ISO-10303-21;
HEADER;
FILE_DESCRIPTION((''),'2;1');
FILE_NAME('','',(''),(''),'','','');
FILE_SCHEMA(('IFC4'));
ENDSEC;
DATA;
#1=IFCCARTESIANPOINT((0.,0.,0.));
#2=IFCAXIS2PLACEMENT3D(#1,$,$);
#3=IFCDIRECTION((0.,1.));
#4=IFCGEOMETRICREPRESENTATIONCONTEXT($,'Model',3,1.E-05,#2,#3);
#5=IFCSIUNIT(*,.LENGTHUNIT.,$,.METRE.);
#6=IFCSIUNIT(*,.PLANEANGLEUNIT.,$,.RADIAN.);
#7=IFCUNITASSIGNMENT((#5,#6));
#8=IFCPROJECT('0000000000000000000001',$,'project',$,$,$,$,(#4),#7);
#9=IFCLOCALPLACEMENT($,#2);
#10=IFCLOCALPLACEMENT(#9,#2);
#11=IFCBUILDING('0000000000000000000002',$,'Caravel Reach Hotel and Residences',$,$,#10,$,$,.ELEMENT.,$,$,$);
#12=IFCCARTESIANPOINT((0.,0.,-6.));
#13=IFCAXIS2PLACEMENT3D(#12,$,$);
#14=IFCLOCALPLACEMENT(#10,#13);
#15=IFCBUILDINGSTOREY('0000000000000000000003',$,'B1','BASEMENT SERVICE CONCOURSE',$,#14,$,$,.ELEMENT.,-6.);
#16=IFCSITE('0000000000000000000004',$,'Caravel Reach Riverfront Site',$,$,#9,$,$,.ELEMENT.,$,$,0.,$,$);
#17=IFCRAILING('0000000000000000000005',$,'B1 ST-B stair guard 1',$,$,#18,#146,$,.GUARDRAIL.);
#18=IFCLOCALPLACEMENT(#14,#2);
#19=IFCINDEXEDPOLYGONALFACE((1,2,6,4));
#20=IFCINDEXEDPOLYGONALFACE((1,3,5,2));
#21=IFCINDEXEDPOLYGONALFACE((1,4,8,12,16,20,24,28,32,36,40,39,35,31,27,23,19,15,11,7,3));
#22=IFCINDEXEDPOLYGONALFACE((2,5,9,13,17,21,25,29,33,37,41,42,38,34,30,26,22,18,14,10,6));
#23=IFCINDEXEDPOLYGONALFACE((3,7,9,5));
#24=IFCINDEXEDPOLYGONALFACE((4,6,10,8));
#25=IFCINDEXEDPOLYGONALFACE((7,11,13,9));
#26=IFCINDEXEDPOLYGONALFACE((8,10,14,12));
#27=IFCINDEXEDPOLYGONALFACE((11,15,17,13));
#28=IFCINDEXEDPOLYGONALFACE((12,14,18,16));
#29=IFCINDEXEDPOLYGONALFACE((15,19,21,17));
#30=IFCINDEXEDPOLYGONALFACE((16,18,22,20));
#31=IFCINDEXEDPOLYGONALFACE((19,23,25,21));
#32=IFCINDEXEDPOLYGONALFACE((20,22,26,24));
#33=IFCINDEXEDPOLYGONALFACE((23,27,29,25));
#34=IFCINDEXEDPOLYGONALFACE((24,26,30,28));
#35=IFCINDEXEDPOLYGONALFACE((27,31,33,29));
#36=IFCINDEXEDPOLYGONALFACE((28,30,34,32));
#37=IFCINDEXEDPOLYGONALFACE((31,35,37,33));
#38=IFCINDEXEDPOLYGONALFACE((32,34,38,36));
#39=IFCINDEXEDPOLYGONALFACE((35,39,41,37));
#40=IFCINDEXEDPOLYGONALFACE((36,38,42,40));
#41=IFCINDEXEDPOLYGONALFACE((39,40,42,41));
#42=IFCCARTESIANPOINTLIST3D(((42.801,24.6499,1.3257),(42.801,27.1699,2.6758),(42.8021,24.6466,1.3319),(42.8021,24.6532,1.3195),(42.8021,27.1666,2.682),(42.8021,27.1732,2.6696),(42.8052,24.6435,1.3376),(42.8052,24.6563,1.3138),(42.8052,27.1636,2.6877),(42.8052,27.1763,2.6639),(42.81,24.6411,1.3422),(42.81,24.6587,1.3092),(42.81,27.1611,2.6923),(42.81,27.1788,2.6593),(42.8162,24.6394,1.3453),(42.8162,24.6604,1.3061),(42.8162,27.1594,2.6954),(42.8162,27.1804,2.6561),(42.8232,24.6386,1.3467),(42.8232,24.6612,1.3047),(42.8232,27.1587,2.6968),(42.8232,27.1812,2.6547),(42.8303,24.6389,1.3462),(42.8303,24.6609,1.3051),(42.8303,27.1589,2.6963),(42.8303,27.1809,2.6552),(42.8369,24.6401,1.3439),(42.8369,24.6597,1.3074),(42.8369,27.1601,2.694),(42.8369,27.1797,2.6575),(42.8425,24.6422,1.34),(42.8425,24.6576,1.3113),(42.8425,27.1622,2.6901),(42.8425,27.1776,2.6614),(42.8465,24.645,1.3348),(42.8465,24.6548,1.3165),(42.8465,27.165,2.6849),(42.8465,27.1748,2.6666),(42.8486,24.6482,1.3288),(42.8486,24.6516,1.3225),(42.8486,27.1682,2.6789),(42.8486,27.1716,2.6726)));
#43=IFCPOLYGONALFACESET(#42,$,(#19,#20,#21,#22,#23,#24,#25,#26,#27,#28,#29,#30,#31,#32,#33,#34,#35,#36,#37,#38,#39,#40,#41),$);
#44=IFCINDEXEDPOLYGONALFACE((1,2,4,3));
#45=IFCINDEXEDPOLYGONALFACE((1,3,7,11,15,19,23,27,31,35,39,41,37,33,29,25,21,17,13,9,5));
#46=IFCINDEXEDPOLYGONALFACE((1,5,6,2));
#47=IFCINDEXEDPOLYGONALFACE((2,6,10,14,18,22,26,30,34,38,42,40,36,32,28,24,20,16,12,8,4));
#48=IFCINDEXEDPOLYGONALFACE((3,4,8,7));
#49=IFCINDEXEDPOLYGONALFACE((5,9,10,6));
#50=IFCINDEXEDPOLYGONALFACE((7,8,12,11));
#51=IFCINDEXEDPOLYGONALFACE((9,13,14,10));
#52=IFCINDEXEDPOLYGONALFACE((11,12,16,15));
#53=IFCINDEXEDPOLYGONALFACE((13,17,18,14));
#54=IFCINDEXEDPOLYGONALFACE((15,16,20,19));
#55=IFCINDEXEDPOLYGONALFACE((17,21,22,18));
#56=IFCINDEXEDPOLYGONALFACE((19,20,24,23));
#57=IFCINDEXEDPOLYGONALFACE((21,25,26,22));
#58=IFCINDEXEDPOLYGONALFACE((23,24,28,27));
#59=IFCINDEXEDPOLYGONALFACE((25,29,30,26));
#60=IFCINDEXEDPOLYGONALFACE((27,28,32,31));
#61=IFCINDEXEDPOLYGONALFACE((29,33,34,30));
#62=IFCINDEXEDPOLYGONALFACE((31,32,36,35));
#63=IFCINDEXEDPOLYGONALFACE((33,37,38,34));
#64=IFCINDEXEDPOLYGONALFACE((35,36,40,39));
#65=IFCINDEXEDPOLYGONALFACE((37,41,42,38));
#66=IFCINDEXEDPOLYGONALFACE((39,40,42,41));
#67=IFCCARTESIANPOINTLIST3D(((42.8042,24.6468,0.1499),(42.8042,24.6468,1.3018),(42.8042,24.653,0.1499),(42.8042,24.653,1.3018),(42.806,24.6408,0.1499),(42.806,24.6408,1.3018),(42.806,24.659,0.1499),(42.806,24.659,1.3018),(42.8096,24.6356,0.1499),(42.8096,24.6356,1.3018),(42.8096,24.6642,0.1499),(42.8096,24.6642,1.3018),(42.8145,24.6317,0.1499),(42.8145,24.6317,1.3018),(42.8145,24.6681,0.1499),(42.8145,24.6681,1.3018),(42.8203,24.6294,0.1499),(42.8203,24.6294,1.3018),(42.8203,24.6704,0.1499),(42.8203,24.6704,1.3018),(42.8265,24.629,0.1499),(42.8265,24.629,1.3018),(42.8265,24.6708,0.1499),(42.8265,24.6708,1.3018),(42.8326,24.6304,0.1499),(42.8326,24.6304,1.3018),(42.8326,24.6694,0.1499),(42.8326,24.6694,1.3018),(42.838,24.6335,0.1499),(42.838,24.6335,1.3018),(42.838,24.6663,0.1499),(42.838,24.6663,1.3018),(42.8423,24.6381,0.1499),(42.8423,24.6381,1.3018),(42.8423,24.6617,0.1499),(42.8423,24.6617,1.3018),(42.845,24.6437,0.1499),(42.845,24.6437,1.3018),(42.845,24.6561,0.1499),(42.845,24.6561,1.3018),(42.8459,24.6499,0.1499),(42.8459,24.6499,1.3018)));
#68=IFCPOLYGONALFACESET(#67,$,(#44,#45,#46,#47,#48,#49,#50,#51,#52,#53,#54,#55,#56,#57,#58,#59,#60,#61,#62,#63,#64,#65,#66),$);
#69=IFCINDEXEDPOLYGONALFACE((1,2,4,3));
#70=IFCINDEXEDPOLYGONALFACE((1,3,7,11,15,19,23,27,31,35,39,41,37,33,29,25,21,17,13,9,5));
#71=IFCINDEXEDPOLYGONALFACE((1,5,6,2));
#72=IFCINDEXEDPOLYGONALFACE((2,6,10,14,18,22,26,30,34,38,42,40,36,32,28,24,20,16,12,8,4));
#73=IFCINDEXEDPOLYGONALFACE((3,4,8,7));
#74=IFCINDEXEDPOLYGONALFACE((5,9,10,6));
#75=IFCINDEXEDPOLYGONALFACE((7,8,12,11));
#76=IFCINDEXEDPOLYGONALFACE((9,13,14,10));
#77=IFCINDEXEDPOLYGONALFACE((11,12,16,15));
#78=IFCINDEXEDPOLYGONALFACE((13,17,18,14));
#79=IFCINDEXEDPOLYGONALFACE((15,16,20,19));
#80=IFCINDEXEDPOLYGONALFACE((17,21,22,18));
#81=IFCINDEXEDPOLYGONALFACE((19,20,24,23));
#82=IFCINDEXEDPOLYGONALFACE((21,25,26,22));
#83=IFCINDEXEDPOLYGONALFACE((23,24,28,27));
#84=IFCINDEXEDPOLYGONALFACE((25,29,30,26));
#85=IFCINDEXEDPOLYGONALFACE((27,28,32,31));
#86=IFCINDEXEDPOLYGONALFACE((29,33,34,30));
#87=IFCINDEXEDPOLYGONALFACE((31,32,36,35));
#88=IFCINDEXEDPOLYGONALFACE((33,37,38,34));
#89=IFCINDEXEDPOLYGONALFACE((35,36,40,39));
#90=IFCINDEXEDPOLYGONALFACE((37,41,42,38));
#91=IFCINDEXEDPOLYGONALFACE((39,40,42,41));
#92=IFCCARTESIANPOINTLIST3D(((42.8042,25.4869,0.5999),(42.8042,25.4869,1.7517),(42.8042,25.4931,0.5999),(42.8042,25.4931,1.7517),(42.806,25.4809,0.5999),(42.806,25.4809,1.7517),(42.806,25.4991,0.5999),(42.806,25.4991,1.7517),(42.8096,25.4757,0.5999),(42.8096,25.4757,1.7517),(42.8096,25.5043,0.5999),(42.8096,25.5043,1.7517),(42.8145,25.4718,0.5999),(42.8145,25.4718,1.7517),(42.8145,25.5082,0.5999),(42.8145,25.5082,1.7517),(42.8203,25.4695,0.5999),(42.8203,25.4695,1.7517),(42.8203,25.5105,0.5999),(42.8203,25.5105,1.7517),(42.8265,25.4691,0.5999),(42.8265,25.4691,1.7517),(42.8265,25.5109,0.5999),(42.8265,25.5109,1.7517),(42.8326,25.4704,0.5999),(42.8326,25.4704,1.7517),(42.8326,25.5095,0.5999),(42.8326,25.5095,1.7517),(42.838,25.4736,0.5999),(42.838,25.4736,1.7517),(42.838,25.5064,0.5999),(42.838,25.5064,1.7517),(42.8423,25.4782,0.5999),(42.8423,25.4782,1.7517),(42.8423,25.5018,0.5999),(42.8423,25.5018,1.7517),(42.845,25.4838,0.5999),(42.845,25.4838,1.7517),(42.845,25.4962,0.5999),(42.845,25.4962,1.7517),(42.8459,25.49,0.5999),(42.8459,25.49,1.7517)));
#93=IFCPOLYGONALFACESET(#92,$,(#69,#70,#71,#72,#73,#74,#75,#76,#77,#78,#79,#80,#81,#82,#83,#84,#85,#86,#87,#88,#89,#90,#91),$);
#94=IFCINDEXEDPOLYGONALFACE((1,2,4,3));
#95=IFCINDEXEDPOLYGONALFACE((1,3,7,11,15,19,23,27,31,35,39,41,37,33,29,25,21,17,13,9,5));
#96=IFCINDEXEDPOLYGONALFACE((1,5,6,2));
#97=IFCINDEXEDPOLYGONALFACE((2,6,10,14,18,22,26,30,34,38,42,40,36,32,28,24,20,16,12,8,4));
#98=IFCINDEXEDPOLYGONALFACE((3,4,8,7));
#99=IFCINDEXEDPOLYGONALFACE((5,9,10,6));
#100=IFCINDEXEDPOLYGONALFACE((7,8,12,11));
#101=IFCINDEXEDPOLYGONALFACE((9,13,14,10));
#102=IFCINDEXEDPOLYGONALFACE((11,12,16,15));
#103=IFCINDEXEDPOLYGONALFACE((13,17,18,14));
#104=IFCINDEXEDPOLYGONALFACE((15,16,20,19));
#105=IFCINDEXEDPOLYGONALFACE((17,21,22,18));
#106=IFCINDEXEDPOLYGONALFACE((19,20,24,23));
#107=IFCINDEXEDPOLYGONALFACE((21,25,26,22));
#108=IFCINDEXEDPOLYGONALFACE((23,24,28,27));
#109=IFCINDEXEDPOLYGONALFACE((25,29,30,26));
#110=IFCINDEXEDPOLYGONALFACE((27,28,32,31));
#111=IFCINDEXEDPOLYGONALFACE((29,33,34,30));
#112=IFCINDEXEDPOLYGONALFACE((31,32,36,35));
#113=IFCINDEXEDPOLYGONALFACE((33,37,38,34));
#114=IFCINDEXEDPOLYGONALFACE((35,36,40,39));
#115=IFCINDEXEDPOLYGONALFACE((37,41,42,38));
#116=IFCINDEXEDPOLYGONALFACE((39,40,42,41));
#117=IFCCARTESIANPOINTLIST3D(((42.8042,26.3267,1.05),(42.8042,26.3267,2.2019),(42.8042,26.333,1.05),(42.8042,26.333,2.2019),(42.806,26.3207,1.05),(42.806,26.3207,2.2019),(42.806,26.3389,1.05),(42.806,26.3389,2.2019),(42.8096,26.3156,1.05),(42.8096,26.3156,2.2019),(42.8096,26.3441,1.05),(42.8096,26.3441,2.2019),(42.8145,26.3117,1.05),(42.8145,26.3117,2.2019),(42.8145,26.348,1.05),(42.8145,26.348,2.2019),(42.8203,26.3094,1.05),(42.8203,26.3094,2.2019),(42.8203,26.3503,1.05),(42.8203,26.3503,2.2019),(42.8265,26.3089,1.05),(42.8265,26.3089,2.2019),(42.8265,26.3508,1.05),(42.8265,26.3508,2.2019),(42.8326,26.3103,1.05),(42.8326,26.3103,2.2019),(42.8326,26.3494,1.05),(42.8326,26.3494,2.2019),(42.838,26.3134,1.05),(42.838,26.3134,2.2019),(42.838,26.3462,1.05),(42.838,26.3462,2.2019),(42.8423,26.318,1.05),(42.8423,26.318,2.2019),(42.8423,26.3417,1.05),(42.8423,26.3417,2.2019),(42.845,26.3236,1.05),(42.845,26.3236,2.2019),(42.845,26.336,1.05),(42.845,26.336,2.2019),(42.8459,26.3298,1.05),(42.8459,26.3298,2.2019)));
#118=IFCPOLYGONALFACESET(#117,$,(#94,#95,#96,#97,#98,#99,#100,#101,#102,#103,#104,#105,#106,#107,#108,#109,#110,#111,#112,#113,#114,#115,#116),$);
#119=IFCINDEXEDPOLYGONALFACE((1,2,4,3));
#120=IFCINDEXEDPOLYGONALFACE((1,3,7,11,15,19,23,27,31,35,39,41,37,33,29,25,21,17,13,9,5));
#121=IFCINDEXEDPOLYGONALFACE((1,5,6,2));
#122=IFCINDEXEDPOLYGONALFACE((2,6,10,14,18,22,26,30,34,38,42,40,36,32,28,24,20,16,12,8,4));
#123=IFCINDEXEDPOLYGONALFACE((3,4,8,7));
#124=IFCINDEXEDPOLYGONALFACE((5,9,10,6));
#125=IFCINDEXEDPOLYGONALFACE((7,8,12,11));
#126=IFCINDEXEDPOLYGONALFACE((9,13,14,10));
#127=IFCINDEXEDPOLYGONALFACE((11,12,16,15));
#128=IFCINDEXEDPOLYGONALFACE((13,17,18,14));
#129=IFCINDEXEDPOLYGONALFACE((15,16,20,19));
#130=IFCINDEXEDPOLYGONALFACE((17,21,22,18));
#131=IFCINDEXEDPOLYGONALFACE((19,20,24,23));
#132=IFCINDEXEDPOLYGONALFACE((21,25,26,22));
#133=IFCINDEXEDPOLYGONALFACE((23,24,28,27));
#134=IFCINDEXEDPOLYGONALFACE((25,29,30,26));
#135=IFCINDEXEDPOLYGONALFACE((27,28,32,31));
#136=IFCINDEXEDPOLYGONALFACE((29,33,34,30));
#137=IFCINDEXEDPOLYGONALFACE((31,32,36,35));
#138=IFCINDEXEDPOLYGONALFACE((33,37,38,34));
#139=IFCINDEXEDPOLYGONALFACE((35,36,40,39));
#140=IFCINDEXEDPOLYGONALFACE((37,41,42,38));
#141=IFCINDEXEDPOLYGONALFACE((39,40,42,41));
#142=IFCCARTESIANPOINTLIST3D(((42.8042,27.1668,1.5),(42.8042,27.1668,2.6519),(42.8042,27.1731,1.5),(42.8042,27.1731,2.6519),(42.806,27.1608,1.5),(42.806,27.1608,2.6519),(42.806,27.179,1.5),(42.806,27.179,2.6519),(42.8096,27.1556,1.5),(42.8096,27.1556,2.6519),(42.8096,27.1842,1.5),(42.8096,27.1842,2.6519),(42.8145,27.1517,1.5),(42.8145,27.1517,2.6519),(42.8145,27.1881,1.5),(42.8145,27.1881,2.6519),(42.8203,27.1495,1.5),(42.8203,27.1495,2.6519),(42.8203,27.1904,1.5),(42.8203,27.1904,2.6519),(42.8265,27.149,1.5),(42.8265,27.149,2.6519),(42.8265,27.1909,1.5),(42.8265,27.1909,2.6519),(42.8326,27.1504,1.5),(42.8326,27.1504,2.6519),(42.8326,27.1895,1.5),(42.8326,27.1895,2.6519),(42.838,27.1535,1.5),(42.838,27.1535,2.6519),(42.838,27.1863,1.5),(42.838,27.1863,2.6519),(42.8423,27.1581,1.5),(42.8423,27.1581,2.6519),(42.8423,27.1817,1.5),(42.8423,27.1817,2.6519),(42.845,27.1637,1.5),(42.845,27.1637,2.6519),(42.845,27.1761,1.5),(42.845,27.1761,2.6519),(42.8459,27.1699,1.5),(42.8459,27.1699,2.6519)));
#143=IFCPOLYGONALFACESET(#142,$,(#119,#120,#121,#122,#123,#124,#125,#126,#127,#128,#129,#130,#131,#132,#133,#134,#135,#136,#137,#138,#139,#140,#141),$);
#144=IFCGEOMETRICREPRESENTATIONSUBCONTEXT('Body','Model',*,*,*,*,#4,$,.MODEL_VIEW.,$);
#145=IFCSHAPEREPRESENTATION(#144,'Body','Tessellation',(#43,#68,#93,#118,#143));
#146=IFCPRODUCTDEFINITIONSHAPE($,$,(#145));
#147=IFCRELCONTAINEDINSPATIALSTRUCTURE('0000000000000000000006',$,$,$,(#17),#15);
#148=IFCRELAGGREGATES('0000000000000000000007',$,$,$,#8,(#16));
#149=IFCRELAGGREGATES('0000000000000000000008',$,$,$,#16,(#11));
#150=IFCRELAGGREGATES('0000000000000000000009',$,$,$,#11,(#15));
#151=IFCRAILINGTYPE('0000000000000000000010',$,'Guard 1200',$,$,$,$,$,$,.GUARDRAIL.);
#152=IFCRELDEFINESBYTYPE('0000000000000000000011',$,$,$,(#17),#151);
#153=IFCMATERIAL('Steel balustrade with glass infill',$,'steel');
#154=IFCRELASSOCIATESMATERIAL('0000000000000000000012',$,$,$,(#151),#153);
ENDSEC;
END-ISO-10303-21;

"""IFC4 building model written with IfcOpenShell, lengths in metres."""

from ifc_helpers import new_model, si_unit, direction, frame, origin, origin_2d, place, context, subcontext, project, spatial, circle, extrude, material, type_object, element, save


model = new_model("IFC4")

# Units and contexts
model_context = context("Model", 3, precision=1e-05, world=origin(), true_north=direction((0.0, 1.0)))
body_context = subcontext(model_context, "Body", "Model", "MODEL_VIEW")
ifc_project = project(units=[si_unit("LENGTHUNIT", "METRE"), si_unit("PLANEANGLEUNIT", "RADIAN")], contexts=[model_context])

# Site, building, storey
site_placement = place(None, origin())
site = spatial("IfcSite", under=ifc_project, at=site_placement, Name="Caravel Reach Riverfront Site", CompositionType="ELEMENT", RefElevation=0.0)
building_placement = place(site_placement, origin())
building = spatial("IfcBuilding", under=site, at=building_placement, Name="Caravel Reach Hotel and Residences", CompositionType="ELEMENT")
storey_placement = place(building_placement, frame((0.0, 0.0, -6.0)))
storey = spatial("IfcBuildingStorey", under=building, at=storey_placement, Name="B1", Description="BASEMENT SERVICE CONCOURSE", CompositionType="ELEMENT", Elevation=-6.0)

# Railing
ifc_material_1 = material(Name="Steel balustrade with glass infill", Category="steel")
railing_type = type_object("IfcRailingType", Name="Guard 1200", PredefinedType="GUARDRAIL", material=ifc_material_1)
railing_placement = place(storey_placement, frame((42.825, 24.6499, 0.1499)))
element("IfcRailing", 1, at=railing_placement, inside=storey, type_object=railing_type, Name="B1 ST-B stair guard 1", PredefinedType="GUARDRAIL", context=body_context, shape_type="SweptSolid", body=[
    extrude(circle(Radius=0.0239, at=origin_2d()), frame((0.0, 0.0, 1.1758), z_axis=(0.0, 0.881467, 0.472245), x_axis=(-1.0, 0.0, 0.0)), (0.0, 0.0, 1.0), 2.8589),
    extrude(circle(Radius=0.021, at=origin_2d()), origin(), (0.0, 0.0, 1.0), 1.1519),
    extrude(circle(Radius=0.021, at=origin_2d()), frame((0.0, 0.8401, 0.45)), (0.0, 0.0, 1.0), 1.1519),
    extrude(circle(Radius=0.021, at=origin_2d()), frame((0.0, 1.6799, 0.9001)), (0.0, 0.0, 1.0), 1.1519),
    extrude(circle(Radius=0.021, at=origin_2d()), frame((0.0, 2.52, 1.3501)), (0.0, 0.0, 1.0), 1.1519),
])

save(model, "model.ifc")
